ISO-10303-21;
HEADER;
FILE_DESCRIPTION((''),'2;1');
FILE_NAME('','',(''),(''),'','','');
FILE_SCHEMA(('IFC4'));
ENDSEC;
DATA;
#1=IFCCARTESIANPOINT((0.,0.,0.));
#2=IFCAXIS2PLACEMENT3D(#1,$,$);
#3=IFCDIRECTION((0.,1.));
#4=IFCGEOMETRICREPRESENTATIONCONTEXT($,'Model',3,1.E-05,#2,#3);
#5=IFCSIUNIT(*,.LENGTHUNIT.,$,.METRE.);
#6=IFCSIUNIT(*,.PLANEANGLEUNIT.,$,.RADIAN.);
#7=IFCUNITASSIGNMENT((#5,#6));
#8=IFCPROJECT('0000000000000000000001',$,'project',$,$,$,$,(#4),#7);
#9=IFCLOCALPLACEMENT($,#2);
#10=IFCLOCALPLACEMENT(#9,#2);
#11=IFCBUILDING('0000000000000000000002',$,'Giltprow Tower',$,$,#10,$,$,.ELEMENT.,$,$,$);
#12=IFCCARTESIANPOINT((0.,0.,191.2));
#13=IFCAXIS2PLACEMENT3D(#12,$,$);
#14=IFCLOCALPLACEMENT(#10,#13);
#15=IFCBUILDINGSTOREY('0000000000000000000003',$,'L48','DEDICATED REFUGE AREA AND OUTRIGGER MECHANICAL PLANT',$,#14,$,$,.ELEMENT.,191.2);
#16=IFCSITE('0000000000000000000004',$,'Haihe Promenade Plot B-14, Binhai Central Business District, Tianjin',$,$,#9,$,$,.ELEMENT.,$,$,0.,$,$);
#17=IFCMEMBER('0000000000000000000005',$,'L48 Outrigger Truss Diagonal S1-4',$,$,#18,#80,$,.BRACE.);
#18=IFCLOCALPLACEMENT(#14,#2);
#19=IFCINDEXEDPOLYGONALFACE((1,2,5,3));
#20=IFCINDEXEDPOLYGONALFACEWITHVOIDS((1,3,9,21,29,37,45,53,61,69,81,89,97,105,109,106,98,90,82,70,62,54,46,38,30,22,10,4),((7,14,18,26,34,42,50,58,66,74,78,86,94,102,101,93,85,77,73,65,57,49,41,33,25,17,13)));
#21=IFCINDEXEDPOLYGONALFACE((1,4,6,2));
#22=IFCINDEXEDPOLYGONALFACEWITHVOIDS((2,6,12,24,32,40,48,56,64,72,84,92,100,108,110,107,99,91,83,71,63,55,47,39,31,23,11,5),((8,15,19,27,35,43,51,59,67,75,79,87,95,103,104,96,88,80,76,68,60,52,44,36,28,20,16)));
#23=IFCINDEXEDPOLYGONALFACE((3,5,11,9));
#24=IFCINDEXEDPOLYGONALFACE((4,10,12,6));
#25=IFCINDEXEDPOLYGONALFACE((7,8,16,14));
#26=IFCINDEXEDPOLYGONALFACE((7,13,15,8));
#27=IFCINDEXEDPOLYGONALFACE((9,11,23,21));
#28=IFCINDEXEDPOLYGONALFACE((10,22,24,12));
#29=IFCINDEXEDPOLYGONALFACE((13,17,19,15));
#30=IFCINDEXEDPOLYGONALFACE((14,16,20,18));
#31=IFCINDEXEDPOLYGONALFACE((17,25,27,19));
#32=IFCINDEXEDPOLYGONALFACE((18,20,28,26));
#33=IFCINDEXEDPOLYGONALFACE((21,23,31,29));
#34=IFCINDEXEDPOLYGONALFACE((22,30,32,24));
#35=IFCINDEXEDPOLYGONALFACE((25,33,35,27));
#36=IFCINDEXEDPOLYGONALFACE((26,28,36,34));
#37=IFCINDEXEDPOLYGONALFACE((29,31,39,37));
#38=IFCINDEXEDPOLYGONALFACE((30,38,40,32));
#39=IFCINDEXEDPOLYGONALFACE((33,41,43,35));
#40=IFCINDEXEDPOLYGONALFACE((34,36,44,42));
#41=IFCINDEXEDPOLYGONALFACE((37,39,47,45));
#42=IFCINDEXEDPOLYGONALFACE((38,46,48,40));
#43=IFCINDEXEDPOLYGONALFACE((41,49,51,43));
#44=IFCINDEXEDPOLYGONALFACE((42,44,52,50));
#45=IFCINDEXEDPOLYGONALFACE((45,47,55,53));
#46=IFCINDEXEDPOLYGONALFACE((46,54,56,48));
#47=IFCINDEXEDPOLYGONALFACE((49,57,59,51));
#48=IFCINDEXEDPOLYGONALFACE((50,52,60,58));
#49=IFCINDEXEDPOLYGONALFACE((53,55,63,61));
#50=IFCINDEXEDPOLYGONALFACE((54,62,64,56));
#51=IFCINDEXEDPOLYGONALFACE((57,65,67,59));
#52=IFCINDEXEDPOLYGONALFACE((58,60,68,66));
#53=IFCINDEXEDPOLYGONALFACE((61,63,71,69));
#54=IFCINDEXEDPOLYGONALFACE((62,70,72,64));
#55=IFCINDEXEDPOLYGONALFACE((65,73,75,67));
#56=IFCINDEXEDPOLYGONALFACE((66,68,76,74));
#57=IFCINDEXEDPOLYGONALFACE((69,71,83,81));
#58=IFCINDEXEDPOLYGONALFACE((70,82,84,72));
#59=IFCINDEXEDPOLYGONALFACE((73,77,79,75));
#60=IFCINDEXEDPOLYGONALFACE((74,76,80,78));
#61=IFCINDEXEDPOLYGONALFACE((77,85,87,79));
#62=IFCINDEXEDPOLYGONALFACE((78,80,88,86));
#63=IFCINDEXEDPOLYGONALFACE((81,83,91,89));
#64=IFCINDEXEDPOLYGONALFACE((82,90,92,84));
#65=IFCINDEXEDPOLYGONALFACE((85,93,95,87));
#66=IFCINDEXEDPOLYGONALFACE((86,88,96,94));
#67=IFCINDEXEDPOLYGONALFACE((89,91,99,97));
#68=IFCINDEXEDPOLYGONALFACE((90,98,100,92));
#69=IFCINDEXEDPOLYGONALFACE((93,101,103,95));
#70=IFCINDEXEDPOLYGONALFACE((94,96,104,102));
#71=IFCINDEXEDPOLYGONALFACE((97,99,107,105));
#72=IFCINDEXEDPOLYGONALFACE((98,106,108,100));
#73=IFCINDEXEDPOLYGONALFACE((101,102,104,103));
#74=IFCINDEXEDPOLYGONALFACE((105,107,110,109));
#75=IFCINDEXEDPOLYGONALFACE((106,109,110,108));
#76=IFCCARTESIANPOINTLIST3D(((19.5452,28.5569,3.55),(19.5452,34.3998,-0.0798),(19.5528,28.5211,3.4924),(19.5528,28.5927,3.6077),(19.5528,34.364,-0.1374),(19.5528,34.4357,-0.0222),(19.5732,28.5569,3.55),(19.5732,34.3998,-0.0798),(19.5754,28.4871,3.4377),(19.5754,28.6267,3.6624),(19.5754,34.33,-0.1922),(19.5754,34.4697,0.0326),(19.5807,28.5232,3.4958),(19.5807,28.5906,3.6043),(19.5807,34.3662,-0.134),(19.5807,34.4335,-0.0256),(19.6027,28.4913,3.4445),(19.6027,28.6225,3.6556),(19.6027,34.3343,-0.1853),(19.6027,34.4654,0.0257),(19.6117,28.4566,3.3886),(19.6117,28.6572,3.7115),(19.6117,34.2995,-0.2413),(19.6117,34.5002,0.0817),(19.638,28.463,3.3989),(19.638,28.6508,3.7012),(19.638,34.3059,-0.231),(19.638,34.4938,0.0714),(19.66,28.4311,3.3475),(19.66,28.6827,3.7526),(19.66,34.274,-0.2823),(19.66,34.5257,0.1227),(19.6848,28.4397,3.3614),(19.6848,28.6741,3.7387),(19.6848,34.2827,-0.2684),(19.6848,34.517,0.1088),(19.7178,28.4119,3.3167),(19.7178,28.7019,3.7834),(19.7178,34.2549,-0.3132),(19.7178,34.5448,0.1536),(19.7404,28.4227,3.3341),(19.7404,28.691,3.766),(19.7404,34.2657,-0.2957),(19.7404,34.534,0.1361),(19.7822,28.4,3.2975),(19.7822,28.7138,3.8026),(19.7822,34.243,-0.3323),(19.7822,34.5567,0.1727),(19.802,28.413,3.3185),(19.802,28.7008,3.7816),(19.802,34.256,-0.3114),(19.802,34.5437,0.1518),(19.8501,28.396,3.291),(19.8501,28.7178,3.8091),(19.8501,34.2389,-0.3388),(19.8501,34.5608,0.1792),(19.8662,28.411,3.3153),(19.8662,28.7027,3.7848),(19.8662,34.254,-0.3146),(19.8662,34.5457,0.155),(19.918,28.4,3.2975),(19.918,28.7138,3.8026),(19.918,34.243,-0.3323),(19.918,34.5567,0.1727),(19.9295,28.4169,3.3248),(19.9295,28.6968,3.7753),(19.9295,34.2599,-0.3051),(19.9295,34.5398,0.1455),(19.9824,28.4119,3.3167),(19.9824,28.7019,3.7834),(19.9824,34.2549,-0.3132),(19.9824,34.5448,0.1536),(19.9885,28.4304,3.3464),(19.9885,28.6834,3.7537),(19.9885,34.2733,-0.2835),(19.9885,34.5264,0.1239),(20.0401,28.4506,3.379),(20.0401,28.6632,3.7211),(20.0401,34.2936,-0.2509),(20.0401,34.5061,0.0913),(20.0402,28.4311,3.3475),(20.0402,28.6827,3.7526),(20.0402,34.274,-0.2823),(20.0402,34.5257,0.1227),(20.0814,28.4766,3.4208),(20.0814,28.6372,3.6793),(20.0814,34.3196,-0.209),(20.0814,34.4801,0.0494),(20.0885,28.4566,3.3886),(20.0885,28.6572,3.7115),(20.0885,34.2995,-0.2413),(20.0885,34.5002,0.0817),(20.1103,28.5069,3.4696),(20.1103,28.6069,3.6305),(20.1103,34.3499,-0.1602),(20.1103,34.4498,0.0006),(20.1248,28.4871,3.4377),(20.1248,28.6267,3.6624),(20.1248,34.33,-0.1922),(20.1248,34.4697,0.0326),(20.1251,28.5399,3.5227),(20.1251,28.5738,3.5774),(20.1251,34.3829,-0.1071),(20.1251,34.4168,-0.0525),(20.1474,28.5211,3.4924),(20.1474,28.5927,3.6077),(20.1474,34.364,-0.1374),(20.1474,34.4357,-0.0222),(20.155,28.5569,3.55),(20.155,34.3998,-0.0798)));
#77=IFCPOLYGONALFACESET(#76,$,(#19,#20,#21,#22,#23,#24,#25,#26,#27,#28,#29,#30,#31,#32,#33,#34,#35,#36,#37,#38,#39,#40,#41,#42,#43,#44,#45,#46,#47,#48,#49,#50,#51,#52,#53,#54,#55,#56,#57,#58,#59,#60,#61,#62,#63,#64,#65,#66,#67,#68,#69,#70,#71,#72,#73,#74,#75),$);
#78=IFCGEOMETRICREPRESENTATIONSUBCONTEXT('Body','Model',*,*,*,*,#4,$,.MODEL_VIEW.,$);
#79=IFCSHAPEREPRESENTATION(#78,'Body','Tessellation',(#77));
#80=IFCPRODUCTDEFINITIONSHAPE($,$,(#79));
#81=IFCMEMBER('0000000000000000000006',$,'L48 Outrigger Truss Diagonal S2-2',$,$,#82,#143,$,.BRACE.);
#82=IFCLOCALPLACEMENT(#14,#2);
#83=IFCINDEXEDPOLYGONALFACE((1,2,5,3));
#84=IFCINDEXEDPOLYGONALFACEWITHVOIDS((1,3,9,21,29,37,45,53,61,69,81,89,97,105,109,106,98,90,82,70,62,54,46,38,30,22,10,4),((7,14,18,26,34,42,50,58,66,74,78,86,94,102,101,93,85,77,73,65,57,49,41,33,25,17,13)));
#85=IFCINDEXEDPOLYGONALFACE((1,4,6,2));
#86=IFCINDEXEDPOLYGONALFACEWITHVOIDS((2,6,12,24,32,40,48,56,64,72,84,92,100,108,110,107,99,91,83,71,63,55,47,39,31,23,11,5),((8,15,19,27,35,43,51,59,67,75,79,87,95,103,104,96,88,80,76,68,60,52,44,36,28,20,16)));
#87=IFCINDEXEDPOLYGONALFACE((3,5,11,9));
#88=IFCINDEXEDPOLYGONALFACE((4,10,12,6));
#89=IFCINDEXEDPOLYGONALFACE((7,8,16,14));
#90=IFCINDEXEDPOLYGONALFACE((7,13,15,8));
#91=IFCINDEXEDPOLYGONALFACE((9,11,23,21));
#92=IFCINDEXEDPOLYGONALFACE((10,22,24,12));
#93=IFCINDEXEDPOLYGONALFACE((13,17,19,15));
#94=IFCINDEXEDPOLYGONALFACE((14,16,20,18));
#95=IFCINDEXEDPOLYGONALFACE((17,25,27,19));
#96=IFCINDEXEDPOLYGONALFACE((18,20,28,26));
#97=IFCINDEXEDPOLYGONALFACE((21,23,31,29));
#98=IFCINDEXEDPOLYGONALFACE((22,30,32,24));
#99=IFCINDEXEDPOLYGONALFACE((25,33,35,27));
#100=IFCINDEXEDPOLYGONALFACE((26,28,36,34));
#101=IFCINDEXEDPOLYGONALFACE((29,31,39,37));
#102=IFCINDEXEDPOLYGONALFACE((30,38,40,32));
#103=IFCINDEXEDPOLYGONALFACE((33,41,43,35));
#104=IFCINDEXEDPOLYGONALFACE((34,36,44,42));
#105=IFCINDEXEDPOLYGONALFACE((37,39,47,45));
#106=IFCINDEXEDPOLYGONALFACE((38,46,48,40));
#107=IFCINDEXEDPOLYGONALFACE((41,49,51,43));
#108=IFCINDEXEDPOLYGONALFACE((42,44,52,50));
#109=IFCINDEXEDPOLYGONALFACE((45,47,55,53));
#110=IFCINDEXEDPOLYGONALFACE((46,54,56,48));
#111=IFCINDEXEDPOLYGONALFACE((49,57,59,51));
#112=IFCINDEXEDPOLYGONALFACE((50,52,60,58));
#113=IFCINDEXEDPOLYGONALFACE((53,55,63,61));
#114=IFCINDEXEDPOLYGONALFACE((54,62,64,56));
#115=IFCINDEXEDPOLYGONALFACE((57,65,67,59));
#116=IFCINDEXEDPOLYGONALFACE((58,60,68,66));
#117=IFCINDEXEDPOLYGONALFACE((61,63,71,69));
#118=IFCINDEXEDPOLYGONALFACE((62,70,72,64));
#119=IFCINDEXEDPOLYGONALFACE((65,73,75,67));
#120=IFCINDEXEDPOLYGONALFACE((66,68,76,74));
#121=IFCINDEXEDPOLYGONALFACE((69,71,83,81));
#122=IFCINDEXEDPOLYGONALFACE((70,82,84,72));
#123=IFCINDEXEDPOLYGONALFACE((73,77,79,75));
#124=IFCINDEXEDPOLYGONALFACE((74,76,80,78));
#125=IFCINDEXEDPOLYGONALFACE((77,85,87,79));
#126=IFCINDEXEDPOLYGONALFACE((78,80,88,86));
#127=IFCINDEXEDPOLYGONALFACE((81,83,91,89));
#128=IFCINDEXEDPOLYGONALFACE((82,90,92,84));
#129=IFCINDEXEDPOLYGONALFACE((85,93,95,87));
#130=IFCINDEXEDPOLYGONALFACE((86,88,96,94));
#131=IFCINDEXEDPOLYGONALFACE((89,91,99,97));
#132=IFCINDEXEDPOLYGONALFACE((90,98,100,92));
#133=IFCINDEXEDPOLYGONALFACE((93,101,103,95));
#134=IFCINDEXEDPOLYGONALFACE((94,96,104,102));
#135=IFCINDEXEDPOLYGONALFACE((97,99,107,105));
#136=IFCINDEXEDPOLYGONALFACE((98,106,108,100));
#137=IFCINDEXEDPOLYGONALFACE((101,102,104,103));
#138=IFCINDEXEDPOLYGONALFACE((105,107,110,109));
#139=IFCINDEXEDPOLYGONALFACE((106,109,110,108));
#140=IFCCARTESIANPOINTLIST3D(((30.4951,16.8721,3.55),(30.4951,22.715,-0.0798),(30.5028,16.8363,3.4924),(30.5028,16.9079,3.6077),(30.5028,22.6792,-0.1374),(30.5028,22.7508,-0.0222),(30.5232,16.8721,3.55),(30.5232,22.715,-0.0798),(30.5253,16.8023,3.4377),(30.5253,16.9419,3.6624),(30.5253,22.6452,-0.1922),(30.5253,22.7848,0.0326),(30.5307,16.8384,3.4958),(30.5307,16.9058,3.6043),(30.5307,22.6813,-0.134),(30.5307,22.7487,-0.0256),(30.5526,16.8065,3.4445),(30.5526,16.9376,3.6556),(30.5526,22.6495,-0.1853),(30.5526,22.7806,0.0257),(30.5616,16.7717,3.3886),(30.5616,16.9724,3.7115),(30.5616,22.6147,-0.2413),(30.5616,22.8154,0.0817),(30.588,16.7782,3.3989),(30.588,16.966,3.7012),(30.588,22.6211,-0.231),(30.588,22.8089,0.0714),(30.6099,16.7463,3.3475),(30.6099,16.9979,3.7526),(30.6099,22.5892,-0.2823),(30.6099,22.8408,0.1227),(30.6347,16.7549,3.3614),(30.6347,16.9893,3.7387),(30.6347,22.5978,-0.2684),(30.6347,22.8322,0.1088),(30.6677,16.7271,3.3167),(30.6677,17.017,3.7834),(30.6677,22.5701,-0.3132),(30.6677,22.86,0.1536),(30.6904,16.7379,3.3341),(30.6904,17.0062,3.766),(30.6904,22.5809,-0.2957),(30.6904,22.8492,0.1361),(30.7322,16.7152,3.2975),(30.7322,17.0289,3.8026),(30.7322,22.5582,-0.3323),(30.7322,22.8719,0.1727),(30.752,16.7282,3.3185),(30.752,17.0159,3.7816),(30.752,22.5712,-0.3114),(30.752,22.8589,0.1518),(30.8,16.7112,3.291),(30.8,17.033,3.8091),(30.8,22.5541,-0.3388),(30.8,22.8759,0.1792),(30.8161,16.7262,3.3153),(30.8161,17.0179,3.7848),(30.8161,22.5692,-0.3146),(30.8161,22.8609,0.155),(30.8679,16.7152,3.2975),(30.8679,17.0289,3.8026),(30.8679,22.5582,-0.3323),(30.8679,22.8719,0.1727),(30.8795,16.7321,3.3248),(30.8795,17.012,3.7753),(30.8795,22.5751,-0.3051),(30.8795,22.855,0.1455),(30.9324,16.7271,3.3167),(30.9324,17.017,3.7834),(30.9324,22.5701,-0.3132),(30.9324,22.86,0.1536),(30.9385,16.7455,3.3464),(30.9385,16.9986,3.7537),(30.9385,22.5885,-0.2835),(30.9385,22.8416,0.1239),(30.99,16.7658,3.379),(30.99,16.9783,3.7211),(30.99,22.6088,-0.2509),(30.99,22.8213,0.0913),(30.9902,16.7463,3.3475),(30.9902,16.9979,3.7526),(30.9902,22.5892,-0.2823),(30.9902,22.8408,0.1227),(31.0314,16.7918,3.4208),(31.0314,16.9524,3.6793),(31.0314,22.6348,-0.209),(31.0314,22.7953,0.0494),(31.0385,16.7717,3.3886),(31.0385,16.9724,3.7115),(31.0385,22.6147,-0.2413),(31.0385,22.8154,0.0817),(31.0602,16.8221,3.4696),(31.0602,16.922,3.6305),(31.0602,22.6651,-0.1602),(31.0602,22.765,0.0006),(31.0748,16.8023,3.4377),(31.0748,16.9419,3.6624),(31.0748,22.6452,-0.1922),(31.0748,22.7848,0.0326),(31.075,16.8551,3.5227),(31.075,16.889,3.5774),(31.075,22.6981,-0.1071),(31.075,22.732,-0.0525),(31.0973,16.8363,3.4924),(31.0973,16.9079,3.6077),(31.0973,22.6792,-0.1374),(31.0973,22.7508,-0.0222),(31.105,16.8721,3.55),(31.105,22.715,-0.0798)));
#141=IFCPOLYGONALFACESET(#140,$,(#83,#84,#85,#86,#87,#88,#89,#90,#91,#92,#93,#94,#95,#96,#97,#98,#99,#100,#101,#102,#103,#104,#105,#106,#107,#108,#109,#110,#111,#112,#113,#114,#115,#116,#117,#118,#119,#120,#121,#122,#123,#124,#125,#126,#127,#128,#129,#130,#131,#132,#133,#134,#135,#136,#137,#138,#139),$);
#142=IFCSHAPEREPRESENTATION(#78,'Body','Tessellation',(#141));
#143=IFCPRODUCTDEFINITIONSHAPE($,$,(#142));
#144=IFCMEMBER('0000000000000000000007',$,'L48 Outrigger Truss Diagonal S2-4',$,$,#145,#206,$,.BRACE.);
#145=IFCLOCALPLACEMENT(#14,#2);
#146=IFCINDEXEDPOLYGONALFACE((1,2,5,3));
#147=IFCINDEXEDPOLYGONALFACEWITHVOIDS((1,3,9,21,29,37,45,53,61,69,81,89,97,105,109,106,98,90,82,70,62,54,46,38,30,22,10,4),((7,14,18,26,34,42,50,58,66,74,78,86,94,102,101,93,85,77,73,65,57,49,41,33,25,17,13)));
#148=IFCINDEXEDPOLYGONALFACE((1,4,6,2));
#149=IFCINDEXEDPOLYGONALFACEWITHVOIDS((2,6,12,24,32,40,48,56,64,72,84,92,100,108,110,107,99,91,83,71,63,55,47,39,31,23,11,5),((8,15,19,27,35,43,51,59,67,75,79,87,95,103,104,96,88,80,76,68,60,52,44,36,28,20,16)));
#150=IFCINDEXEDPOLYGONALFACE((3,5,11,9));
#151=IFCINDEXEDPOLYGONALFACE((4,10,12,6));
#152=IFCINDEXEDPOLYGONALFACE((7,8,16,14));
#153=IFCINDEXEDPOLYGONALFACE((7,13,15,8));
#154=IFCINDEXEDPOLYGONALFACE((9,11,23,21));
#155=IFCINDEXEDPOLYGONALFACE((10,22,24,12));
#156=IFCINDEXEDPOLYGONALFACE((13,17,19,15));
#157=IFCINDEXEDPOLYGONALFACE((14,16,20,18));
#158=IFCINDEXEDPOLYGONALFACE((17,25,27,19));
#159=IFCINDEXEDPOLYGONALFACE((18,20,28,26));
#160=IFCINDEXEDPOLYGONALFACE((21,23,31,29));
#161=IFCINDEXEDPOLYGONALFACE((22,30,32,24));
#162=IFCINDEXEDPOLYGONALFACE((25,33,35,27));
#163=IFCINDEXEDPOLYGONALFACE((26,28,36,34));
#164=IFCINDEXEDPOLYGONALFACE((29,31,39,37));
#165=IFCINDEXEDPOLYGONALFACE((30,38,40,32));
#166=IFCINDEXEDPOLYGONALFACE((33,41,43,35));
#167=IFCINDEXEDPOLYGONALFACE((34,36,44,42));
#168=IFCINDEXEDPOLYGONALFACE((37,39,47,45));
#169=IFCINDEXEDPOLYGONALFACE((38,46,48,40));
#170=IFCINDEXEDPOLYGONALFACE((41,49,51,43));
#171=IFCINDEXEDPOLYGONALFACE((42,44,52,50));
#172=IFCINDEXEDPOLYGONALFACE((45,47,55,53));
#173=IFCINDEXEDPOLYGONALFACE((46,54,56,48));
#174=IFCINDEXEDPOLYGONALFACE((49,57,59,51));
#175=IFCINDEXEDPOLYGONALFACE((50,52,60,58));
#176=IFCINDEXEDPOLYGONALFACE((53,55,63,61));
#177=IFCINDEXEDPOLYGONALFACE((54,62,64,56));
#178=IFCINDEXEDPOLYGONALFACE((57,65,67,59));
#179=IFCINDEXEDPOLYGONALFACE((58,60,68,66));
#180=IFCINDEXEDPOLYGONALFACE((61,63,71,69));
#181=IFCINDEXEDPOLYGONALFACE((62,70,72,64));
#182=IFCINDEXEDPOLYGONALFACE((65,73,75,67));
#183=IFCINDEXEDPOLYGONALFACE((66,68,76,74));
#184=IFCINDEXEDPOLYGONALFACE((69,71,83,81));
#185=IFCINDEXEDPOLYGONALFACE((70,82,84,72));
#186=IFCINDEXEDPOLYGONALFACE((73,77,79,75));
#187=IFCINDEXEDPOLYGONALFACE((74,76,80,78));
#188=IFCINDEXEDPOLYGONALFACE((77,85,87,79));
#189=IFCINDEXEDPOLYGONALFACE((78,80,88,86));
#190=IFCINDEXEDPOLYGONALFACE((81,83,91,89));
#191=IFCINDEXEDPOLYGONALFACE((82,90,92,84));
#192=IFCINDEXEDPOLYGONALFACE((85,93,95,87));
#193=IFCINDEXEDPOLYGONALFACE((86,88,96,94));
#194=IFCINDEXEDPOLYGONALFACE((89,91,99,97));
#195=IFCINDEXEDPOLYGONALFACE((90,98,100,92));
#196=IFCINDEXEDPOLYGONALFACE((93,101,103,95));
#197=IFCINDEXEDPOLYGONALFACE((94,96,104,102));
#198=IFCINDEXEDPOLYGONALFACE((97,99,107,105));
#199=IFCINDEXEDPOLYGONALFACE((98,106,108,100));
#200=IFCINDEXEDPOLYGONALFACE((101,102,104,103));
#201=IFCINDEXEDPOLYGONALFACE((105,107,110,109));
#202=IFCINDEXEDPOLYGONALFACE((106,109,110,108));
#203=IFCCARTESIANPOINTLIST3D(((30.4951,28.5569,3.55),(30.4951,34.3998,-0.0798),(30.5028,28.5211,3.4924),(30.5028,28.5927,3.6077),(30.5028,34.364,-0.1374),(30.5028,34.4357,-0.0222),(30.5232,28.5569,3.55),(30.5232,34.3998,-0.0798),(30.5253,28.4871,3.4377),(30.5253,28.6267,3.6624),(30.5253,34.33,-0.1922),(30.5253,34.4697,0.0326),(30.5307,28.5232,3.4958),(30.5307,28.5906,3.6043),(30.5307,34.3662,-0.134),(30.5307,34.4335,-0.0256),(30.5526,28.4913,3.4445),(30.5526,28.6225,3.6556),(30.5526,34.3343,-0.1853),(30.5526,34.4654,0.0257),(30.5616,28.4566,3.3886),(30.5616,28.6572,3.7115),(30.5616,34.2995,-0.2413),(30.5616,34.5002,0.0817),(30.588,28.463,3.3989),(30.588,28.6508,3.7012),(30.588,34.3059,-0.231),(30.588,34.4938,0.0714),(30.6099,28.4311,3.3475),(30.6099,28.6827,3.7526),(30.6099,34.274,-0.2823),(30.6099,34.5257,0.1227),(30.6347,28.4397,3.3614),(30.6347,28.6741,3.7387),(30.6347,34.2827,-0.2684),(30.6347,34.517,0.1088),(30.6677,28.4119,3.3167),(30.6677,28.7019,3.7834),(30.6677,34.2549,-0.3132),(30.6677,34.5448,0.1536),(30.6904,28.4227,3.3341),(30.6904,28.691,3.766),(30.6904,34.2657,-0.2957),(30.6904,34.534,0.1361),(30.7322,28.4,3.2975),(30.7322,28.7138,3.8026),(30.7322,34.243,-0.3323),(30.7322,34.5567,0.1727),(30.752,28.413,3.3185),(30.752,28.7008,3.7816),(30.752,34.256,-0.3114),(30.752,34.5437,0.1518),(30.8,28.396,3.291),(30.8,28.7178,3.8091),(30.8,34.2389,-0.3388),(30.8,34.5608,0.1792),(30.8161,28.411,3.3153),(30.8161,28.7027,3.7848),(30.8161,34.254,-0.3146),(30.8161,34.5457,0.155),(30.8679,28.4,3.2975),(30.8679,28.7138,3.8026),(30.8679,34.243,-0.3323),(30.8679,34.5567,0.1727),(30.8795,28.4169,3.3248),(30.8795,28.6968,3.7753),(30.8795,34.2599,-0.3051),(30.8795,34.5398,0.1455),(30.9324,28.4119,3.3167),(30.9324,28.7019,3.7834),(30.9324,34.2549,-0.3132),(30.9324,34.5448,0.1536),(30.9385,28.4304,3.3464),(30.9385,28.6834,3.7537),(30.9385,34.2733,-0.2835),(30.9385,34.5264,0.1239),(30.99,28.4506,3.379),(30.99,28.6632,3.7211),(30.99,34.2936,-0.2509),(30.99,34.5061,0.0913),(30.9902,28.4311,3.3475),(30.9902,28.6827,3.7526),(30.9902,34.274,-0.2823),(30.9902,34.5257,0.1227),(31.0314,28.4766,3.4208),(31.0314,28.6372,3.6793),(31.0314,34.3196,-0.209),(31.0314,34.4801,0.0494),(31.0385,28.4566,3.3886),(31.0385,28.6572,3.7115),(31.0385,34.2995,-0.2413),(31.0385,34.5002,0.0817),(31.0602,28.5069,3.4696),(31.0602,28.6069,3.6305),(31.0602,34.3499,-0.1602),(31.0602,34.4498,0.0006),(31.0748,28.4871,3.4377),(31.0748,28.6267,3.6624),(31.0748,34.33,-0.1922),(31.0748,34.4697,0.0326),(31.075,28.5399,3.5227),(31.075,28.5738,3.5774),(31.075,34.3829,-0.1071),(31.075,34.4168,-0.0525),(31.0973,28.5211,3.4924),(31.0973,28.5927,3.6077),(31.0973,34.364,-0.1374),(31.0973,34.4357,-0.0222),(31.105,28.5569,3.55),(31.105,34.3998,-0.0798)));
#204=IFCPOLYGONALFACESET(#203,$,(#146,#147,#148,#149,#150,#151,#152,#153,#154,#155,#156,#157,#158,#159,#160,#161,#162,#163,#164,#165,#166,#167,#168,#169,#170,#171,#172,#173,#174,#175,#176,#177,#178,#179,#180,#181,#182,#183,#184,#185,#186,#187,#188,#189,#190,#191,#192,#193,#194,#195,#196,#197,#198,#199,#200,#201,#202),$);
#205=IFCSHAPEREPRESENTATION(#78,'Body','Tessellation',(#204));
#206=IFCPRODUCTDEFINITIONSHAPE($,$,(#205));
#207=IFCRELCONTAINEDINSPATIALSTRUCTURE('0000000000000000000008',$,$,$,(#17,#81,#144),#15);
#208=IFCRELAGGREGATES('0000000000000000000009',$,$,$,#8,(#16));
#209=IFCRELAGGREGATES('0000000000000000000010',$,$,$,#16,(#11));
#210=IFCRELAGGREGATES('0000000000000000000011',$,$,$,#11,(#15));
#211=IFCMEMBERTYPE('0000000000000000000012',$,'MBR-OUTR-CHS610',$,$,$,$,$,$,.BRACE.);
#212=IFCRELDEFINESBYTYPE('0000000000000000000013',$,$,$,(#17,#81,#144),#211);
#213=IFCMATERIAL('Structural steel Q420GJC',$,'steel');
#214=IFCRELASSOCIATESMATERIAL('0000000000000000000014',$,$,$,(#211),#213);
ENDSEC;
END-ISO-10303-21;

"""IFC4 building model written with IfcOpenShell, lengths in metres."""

from ifc_helpers import new_model, si_unit, direction, frame, origin, origin_2d, place, context, subcontext, project, spatial, hollow_circle, extrude, source, transform, mapped, material, material_profile, profile_set, type_object, element, save


model = new_model("IFC4")

# Units and contexts
model_context = context("Model", 3, precision=1e-05, world=origin(), true_north=direction((0.0, 1.0)))
body_context = subcontext(model_context, "Body", "Model", "MODEL_VIEW")
ifc_project = project(units=[si_unit("LENGTHUNIT", "METRE"), si_unit("PLANEANGLEUNIT", "RADIAN")], contexts=[model_context])

# Site, building, storey
site_placement = place(None, origin())
site = spatial("IfcSite", under=ifc_project, at=site_placement, Name="Haihe Promenade Plot B-14, Binhai Central Business District, Tianjin", CompositionType="ELEMENT", RefElevation=0.0)
building_placement = place(site_placement, origin())
building = spatial("IfcBuilding", under=site, at=building_placement, Name="Giltprow Tower", CompositionType="ELEMENT")
storey_placement = place(building_placement, frame((0.0, 0.0, 191.2)))
storey = spatial("IfcBuildingStorey", under=building, at=storey_placement, Name="L48", Description="DEDICATED REFUGE AREA AND OUTRIGGER MECHANICAL PLANT", CompositionType="ELEMENT", Elevation=191.2)

# Shared definitions
ifc_material_1 = material(Name="Structural steel Q420GJC", Category="steel")

# Members
ifc_material_profile_1 = material_profile(ifc_material_1, hollow_circle(Radius=0.3049, WallThickness=0.0281, at=origin_2d()), Name="CHS 610x28")
ifc_profile_set_1 = profile_set([ifc_material_profile_1], Name="Structural steel Q420GJC")
member_type_1 = type_object("IfcMemberType", Name="MBR-OUTR-CHS610", PredefinedType="BRACE", material=ifc_profile_set_1)
shared_shape_1 = source(origin(), body_context, "Body", "SweptSolid", [
    extrude(hollow_circle(Radius=0.3049, WallThickness=0.0281, at=origin_2d()), origin(), (0.0, 0.0, 1.0), 6.8787),
])
for number, where, z_axis, x_axis, name in (
    (1, (19.8501, 28.5569, 3.55), (0.0, 0.849433, -0.527697), (-1.0, 0.0, 0.0), "L48 Outrigger Truss Diagonal S1-4"),
    (2, (30.8, 16.8721, 3.55), (0.0, 0.849433, -0.527697), (-1.0, 0.0, 0.0), "L48 Outrigger Truss Diagonal S2-2"),
    (3, (30.8, 28.5569, 3.55), (0.0, 0.849433, -0.527697), (-1.0, 0.0, 0.0), "L48 Outrigger Truss Diagonal S2-4"),
):
    element("IfcMember", number, at=place(storey_placement, frame(where, z_axis=z_axis, x_axis=x_axis)), inside=storey, type_object=member_type_1, Name=name, PredefinedType="BRACE", context=body_context, shape_type="MappedRepresentation", body=[
        mapped(shared_shape_1, transform((0.0, 0.0, 0.0), x_axis=(1.0, 0.0, 0.0), y_axis=(0.0, 1.0, 0.0), z_axis=(0.0, 0.0, 1.0), scale=1.0)),
    ])

save(model, "model.ifc")
